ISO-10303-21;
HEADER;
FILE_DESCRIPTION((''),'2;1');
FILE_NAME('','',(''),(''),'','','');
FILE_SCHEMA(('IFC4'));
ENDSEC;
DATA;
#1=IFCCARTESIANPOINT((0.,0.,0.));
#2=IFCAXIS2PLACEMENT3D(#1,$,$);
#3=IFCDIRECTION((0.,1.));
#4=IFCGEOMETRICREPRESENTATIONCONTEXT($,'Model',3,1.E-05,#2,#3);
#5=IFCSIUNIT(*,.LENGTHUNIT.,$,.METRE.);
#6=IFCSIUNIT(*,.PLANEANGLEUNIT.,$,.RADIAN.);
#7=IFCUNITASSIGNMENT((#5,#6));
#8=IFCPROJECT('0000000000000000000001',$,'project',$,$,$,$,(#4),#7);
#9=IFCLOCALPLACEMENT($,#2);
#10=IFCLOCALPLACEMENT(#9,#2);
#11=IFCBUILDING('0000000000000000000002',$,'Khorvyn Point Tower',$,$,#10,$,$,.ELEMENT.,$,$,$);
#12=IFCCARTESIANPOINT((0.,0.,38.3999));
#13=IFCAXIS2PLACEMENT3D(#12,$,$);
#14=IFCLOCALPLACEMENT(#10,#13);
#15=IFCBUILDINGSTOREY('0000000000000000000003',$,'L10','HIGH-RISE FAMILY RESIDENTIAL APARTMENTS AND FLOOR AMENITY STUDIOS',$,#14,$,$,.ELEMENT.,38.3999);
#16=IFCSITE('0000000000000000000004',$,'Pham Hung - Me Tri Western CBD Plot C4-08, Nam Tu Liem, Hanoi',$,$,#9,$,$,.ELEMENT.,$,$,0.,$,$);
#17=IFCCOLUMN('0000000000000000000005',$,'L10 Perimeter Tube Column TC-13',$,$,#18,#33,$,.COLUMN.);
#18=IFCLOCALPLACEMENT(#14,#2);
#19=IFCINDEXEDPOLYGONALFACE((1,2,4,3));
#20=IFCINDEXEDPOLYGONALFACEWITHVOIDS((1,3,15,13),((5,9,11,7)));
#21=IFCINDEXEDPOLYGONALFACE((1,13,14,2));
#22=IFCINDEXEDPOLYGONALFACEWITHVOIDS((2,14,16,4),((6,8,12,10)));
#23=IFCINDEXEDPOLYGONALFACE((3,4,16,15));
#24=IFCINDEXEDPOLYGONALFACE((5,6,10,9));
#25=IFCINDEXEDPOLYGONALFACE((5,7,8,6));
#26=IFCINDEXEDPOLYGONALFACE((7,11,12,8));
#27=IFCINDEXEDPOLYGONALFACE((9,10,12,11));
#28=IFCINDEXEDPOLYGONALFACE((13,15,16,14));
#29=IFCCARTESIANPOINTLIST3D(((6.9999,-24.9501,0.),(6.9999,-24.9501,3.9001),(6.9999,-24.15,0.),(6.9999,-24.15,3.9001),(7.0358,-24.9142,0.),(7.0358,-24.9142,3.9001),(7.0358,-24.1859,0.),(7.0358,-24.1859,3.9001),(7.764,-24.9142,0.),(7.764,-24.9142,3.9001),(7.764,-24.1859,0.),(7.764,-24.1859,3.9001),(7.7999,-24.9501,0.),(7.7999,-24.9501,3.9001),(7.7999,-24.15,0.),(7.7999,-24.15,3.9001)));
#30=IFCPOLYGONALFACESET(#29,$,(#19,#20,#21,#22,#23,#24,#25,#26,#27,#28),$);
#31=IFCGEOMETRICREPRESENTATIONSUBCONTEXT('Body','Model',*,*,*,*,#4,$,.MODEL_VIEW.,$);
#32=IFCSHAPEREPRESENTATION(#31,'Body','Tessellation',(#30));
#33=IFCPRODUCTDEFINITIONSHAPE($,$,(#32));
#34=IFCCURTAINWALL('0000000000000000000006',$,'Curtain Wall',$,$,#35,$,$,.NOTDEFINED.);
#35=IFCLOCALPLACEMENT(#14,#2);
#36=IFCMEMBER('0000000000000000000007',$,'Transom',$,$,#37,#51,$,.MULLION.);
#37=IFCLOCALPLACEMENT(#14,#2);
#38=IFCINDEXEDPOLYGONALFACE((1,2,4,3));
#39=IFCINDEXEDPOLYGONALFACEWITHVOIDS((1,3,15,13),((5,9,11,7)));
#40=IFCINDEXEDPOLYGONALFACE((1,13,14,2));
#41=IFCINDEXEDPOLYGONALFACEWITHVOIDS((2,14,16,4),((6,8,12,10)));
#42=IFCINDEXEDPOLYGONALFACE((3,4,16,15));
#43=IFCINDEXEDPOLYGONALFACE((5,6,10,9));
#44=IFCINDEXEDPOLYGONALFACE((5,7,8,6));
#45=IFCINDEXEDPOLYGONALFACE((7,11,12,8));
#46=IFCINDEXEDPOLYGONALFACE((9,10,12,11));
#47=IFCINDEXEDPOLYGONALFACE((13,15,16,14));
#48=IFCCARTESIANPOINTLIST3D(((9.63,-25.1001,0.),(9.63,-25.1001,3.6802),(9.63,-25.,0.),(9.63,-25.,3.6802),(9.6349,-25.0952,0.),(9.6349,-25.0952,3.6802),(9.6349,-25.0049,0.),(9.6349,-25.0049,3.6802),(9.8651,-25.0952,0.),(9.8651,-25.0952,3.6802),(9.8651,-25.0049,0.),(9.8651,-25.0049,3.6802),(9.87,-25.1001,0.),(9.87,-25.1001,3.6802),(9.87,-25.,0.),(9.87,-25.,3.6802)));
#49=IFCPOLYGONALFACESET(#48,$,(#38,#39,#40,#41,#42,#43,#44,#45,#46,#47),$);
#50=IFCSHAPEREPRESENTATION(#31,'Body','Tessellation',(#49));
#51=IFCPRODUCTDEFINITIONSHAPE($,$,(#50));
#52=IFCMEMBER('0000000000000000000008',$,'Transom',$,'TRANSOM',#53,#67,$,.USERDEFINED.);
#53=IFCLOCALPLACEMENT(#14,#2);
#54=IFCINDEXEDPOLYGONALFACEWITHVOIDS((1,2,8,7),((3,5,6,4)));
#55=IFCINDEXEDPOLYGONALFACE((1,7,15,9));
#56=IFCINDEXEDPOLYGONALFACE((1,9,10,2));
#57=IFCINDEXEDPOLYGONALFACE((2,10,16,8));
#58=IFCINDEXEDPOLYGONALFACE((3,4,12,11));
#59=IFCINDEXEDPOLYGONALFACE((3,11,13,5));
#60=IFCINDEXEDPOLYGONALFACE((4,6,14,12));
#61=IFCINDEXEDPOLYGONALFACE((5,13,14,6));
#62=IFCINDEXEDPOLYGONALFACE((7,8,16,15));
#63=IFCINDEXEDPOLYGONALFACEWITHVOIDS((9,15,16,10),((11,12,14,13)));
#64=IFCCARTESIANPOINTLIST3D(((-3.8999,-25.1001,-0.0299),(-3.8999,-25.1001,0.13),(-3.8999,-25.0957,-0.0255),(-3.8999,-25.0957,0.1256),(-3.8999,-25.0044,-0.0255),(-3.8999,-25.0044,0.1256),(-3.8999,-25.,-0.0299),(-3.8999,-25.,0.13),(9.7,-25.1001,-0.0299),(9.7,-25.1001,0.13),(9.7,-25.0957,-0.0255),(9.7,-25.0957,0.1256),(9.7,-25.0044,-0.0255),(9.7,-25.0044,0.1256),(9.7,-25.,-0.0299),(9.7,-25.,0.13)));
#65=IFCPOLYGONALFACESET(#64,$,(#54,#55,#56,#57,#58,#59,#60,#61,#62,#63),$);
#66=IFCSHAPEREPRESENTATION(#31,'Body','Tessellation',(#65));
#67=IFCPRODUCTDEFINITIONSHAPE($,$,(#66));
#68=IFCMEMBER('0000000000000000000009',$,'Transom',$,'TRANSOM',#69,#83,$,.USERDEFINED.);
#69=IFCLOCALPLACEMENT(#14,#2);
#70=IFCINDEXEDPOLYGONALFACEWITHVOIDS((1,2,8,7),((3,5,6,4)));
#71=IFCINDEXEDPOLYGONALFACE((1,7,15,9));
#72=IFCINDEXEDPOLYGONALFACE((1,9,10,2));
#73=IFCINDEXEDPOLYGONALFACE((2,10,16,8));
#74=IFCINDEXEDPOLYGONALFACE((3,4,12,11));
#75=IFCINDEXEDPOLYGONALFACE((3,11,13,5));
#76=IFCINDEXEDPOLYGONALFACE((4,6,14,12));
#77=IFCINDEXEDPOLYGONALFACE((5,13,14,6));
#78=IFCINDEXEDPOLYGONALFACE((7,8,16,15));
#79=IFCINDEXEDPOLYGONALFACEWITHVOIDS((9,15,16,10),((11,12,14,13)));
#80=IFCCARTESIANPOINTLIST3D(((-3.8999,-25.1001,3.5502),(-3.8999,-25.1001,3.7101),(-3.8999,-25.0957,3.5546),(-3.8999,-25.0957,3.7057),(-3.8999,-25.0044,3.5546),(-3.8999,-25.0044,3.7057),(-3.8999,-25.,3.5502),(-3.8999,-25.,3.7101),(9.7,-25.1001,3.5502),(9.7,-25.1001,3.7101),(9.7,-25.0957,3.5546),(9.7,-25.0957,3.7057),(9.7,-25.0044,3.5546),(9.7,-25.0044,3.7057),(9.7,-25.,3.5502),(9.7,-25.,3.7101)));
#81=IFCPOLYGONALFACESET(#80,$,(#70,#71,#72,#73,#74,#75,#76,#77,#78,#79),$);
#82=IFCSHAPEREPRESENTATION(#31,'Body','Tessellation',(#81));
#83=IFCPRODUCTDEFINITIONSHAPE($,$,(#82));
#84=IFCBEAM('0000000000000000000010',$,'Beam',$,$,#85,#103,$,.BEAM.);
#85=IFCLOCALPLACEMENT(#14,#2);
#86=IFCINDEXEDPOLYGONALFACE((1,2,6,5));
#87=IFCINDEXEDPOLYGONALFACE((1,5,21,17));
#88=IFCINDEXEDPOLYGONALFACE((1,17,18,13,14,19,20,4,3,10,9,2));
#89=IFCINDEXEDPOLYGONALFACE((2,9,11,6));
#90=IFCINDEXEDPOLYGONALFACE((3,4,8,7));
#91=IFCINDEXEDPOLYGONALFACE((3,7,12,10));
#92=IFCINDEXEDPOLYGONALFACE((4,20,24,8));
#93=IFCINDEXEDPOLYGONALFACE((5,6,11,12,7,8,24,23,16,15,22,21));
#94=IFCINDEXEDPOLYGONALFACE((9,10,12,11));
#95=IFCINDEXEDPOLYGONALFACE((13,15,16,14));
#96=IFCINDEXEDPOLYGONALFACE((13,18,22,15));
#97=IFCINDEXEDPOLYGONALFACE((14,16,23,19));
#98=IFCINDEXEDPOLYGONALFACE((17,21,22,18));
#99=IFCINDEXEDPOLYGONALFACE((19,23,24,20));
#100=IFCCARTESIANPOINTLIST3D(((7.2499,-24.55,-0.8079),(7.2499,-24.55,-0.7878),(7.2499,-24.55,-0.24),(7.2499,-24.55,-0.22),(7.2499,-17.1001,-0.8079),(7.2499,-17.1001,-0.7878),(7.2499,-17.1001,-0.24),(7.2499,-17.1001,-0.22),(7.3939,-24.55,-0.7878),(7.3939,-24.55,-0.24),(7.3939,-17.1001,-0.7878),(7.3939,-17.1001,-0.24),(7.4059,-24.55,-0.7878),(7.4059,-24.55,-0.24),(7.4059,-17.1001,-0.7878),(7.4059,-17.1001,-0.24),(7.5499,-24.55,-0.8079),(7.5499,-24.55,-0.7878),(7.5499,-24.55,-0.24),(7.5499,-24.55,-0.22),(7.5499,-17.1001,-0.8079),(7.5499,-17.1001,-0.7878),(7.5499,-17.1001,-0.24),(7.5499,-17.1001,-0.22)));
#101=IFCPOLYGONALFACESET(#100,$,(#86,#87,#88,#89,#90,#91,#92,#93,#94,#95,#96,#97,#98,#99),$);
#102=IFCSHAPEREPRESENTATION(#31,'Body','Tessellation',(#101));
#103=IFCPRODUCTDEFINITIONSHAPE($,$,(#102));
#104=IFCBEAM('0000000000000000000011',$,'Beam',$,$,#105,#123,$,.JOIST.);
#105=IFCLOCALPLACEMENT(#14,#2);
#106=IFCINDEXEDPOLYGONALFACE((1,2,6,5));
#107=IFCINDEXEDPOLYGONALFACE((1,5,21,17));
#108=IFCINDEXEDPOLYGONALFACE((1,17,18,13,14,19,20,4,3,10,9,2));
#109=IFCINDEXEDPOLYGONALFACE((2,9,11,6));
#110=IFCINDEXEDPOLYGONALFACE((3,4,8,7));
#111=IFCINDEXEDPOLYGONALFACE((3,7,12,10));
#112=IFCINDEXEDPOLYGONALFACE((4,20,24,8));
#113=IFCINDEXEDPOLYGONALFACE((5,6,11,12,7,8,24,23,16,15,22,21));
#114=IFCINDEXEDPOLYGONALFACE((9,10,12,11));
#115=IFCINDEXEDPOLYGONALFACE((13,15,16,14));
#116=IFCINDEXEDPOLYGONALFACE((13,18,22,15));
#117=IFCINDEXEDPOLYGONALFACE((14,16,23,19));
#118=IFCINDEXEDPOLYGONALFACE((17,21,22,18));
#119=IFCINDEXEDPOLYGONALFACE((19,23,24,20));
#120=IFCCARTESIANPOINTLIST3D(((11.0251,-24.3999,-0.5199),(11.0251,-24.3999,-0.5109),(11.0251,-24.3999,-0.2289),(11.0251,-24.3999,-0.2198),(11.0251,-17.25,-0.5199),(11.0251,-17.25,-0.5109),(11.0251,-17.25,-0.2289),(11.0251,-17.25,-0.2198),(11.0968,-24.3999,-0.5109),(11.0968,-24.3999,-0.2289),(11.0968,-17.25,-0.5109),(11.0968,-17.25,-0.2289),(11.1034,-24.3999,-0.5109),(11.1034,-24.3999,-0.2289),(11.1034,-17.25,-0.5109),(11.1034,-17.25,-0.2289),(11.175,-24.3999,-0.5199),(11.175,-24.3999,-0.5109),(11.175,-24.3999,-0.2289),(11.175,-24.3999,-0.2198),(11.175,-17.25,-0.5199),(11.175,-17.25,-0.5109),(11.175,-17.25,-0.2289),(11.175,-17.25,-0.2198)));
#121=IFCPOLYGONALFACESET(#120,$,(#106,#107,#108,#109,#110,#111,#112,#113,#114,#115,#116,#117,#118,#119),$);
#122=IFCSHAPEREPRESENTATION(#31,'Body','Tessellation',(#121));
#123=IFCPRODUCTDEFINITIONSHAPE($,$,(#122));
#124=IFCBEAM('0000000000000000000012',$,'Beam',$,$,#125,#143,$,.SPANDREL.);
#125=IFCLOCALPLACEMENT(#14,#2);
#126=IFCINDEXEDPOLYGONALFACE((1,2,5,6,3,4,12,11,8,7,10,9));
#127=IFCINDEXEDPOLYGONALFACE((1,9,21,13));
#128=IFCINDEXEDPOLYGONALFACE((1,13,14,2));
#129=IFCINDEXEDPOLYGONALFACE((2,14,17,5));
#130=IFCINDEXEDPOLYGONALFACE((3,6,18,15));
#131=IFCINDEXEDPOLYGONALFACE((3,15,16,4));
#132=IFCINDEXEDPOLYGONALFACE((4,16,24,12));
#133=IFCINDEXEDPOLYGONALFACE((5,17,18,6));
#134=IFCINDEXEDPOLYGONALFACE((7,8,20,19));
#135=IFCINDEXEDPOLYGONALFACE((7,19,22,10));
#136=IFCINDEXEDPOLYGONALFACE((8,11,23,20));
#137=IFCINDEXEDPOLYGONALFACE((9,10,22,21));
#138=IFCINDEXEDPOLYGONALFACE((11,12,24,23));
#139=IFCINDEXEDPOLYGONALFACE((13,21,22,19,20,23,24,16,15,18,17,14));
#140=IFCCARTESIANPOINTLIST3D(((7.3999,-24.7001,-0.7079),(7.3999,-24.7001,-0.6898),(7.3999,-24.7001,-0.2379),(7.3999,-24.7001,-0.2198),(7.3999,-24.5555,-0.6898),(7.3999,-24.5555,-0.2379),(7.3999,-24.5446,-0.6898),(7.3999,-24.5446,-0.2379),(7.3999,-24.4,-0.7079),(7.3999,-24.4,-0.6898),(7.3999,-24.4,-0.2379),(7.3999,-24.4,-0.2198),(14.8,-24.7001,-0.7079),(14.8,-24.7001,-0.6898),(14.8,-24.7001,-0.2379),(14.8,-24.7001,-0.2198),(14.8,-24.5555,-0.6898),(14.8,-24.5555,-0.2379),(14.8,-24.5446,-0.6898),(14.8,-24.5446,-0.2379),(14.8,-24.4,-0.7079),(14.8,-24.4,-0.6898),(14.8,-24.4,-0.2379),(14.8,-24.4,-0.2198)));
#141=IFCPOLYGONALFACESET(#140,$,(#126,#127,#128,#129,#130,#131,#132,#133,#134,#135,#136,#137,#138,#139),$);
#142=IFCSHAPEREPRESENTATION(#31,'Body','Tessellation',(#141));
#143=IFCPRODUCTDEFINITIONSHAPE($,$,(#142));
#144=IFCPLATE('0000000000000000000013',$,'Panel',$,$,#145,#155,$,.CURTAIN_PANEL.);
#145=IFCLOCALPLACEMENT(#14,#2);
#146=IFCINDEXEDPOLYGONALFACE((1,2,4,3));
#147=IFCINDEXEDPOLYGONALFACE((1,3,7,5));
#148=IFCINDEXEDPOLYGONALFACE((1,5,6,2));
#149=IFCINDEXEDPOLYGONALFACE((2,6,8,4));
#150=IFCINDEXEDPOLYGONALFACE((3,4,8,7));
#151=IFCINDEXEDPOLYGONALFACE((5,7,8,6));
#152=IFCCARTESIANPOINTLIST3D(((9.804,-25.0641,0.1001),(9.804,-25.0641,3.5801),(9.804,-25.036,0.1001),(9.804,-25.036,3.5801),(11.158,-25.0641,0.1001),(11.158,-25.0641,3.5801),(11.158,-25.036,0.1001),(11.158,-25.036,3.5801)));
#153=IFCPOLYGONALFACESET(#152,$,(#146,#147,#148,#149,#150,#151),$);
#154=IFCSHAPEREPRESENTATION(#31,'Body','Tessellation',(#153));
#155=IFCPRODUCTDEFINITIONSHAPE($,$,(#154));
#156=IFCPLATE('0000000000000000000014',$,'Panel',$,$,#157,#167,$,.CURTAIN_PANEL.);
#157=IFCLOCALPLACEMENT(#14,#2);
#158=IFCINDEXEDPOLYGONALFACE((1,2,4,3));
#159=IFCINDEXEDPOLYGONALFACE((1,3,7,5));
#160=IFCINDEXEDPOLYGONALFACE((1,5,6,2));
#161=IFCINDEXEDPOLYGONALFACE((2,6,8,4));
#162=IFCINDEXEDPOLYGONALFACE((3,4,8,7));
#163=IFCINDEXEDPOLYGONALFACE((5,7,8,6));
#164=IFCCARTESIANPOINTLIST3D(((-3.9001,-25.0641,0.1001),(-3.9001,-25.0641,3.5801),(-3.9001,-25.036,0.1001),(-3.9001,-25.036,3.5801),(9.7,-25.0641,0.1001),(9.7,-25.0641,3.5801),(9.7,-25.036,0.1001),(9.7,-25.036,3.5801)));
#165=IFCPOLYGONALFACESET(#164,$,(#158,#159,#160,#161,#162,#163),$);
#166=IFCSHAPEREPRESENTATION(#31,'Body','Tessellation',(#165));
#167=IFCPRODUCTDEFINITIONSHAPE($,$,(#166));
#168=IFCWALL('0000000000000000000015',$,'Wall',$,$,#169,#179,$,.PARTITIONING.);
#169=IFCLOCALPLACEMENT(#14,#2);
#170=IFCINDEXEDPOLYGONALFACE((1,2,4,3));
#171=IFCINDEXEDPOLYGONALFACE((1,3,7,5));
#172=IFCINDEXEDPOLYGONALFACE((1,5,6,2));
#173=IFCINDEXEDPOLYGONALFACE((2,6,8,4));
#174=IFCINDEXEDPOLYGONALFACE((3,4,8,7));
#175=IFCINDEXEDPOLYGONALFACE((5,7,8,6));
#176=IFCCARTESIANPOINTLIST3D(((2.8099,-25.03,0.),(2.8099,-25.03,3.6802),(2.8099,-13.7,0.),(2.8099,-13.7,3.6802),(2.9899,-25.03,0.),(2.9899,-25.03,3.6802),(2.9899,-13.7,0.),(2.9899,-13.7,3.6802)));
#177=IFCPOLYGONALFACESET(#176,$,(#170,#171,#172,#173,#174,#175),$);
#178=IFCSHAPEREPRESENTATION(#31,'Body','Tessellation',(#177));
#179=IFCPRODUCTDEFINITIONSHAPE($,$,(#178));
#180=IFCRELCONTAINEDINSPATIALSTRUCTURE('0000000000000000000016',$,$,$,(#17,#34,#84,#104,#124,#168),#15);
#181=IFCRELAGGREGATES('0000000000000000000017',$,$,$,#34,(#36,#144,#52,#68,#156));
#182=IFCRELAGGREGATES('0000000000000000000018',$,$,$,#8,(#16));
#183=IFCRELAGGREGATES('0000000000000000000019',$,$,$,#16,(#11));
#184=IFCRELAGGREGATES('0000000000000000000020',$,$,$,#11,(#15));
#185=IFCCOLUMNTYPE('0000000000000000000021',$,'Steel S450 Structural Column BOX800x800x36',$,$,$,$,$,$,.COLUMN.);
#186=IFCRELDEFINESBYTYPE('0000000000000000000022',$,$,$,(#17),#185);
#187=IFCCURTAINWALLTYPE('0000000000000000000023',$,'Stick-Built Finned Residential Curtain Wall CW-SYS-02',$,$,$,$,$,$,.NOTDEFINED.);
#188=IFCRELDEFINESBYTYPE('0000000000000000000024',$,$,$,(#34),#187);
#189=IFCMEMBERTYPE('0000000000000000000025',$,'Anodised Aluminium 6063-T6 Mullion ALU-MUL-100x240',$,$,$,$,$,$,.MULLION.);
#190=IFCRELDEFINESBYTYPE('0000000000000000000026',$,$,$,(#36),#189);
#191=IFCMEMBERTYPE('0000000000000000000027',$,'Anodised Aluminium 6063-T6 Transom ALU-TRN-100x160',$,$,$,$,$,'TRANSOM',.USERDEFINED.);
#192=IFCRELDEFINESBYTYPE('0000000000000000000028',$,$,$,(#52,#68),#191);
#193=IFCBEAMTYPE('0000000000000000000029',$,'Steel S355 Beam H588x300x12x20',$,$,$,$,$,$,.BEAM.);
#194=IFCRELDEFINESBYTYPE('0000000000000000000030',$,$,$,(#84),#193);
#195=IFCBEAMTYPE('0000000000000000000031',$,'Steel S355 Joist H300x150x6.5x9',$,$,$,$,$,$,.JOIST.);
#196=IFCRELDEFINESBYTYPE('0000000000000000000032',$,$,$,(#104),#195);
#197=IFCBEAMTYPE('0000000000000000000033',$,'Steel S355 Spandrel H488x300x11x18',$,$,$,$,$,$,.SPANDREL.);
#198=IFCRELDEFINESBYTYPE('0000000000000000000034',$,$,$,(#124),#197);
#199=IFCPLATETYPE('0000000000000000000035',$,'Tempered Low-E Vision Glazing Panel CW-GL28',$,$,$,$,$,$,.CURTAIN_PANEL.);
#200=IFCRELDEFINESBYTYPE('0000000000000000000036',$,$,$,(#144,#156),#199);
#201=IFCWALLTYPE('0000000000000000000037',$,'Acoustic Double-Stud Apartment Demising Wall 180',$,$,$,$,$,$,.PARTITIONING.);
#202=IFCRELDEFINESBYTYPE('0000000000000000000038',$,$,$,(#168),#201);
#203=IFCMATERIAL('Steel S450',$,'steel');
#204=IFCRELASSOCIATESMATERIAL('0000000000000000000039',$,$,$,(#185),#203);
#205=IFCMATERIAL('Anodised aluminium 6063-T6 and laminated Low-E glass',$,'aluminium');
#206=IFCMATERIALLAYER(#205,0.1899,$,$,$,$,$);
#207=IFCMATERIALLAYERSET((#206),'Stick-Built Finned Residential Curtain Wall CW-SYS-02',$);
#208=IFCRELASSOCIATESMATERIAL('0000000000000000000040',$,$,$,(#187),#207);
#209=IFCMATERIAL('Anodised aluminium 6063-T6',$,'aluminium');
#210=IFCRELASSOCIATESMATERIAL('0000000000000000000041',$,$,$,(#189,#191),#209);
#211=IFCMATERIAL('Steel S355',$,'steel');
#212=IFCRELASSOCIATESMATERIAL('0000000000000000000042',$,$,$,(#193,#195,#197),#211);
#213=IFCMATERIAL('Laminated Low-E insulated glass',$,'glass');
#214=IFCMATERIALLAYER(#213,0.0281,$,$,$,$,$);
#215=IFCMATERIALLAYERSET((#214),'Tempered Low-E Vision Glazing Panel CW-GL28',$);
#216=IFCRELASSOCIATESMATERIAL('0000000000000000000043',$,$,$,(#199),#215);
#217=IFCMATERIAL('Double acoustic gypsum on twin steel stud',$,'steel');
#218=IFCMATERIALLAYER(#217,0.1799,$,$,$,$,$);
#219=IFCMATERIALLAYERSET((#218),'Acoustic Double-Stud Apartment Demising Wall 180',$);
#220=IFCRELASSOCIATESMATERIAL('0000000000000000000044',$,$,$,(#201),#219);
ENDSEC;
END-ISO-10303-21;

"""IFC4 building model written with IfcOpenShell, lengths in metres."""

from ifc_helpers import new_model, si_unit, direction, frame, frame_2d, origin, origin_2d, place, context, subcontext, project, spatial, rectangle, hollow_rectangle, i_section, extrude, material, layer, layer_set, material_profile, profile_set, type_object, element, aggregate, save


model = new_model("IFC4")

# Units and contexts
model_context = context("Model", 3, precision=1e-05, world=origin(), true_north=direction((0.0, 1.0)))
body_context = subcontext(model_context, "Body", "Model", "MODEL_VIEW")
ifc_project = project(units=[si_unit("LENGTHUNIT", "METRE"), si_unit("PLANEANGLEUNIT", "RADIAN")], contexts=[model_context])

# Site, building, storey
site_placement = place(None, origin())
site = spatial("IfcSite", under=ifc_project, at=site_placement, Name="Pham Hung - Me Tri Western CBD Plot C4-08, Nam Tu Liem, Hanoi", CompositionType="ELEMENT", RefElevation=0.0)
building_placement = place(site_placement, origin())
building = spatial("IfcBuilding", under=site, at=building_placement, Name="Khorvyn Point Tower", CompositionType="ELEMENT")
storey_placement = place(building_placement, frame((0.0, 0.0, 38.3999)))
storey = spatial("IfcBuildingStorey", under=building, at=storey_placement, Name="L10", Description="HIGH-RISE FAMILY RESIDENTIAL APARTMENTS AND FLOOR AMENITY STUDIOS", CompositionType="ELEMENT", Elevation=38.3999)

# Column
ifc_material_1 = material(Name="Steel S450", Category="steel")
ifc_material_profile_1 = material_profile(ifc_material_1, hollow_rectangle(XDim=0.8, YDim=0.8, WallThickness=0.0359, at=origin_2d()))
ifc_profile_set_1 = profile_set([ifc_material_profile_1], Name="Steel S450 BOX800x800x36")
column_type = type_object("IfcColumnType", Name="Steel S450 Structural Column BOX800x800x36", PredefinedType="COLUMN", material=ifc_profile_set_1)
column_placement = place(storey_placement, frame((7.3999, -24.55, 0.0), z_axis=(0.0, 0.0, 1.0), x_axis=(1.0, 0.0, 0.0)))
element("IfcColumn", 1, at=column_placement, inside=storey, type_object=column_type, Name="L10 Perimeter Tube Column TC-13", PredefinedType="COLUMN", context=body_context, shape_type="SweptSolid", body=[
    extrude(hollow_rectangle(XDim=0.8, YDim=0.8, WallThickness=0.0359, at=origin_2d()), origin(), (0.0, 0.0, 1.0), 3.9001),
])

# Curtain wall, members
ifc_material_2 = material(Name="Anodised aluminium 6063-T6 and laminated Low-E glass", Category="aluminium")
ifc_layer_1 = layer(ifc_material_2, 0.1899)
ifc_layer_set_1 = layer_set([ifc_layer_1], Name="Stick-Built Finned Residential Curtain Wall CW-SYS-02")
curtain_wall_type = type_object("IfcCurtainWallType", Name="Stick-Built Finned Residential Curtain Wall CW-SYS-02", PredefinedType="NOTDEFINED", material=ifc_layer_set_1)
curtain_wall_placement = place(storey_placement, origin())
curtain_wall = element("IfcCurtainWall", 2, at=curtain_wall_placement, inside=storey, type_object=curtain_wall_type, Name="Curtain Wall", PredefinedType="NOTDEFINED")
ifc_material_3 = material(Name="Anodised aluminium 6063-T6", Category="aluminium")
ifc_material_profile_2 = material_profile(ifc_material_3, hollow_rectangle(XDim=0.1001, YDim=0.24, WallThickness=0.0049, at=origin_2d()))
ifc_profile_set_2 = profile_set([ifc_material_profile_2], Name="Anodised aluminium 6063-T6 ALU-MUL-100x240")
member_type_1 = type_object("IfcMemberType", Name="Anodised Aluminium 6063-T6 Mullion ALU-MUL-100x240", PredefinedType="MULLION", material=ifc_profile_set_2)
member_1_placement = place(storey_placement, frame((9.75, -25.05, 0.0), z_axis=(0.0, 0.0, 1.0), x_axis=(0.0, -1.0, 0.0)))
member_1 = element("IfcMember", 3, at=member_1_placement, type_object=member_type_1, Name="Transom", PredefinedType="MULLION", context=body_context, shape_type="SweptSolid", body=[
    extrude(hollow_rectangle(XDim=0.1001, YDim=0.24, WallThickness=0.0049, at=origin_2d()), origin(), (0.0, 0.0, 1.0), 3.6802),
])
ifc_material_profile_3 = material_profile(ifc_material_3, hollow_rectangle(XDim=0.1001, YDim=0.1599, WallThickness=0.0044, at=origin_2d()))
ifc_profile_set_3 = profile_set([ifc_material_profile_3], Name="Anodised aluminium 6063-T6 ALU-TRN-100x160")
member_type_2 = type_object("IfcMemberType", Name="Anodised Aluminium 6063-T6 Transom ALU-TRN-100x160", ElementType="TRANSOM", PredefinedType="USERDEFINED", material=ifc_profile_set_3)
member_2_placement = place(storey_placement, frame((9.7, -25.05, 0.05), z_axis=(-1.0, 0.0, 0.0), x_axis=(0.0, -1.0, 0.0)))
member_2 = element("IfcMember", 4, at=member_2_placement, type_object=member_type_2, Name="Transom", ObjectType="TRANSOM", PredefinedType="USERDEFINED", context=body_context, shape_type="SweptSolid", body=[
    extrude(hollow_rectangle(XDim=0.1001, YDim=0.1599, WallThickness=0.0044, at=origin_2d()), origin(), (0.0, 0.0, 1.0), 13.5999),
])
member_3_placement = place(storey_placement, frame((9.7, -25.05, 3.6301), z_axis=(-1.0, 0.0, 0.0), x_axis=(0.0, -1.0, 0.0)))
member_3 = element("IfcMember", 5, at=member_3_placement, type_object=member_type_2, Name="Transom", ObjectType="TRANSOM", PredefinedType="USERDEFINED", context=body_context, shape_type="SweptSolid", body=[
    extrude(hollow_rectangle(XDim=0.1001, YDim=0.1599, WallThickness=0.0044, at=origin_2d()), origin(), (0.0, 0.0, 1.0), 13.5999),
])

# Beams
ifc_material_4 = material(Name="Steel S355", Category="steel")
ifc_material_profile_4 = material_profile(ifc_material_4, i_section(OverallWidth=0.3, OverallDepth=0.5879, WebThickness=0.012, FlangeThickness=0.02, at=origin_2d()))
ifc_profile_set_4 = profile_set([ifc_material_profile_4], Name="Steel S355 H588x300x12x20")
beam_type_1 = type_object("IfcBeamType", Name="Steel S355 Beam H588x300x12x20", PredefinedType="BEAM", material=ifc_profile_set_4)
beam_1_placement = place(storey_placement, frame((7.3999, -24.55, -0.5139), z_axis=(0.0, 1.0, 0.0), x_axis=(-1.0, 0.0, 0.0)))
element("IfcBeam", 6, at=beam_1_placement, inside=storey, type_object=beam_type_1, Name="Beam", PredefinedType="BEAM", context=body_context, shape_type="SweptSolid", body=[
    extrude(i_section(OverallWidth=0.3, OverallDepth=0.5879, WebThickness=0.012, FlangeThickness=0.02, at=origin_2d()), origin(), (0.0, 0.0, 1.0), 7.45),
])
ifc_material_profile_5 = material_profile(ifc_material_4, i_section(OverallWidth=0.1499, OverallDepth=0.3, WebThickness=0.0066, FlangeThickness=0.009, at=origin_2d()))
ifc_profile_set_5 = profile_set([ifc_material_profile_5], Name="Steel S355 H300x150x6.5x9")
beam_type_2 = type_object("IfcBeamType", Name="Steel S355 Joist H300x150x6.5x9", PredefinedType="JOIST", material=ifc_profile_set_5)
beam_2_placement = place(storey_placement, frame((11.1001, -24.3999, -0.3699), z_axis=(0.0, 1.0, 0.0), x_axis=(-1.0, 0.0, 0.0)))
element("IfcBeam", 7, at=beam_2_placement, inside=storey, type_object=beam_type_2, Name="Beam", PredefinedType="JOIST", context=body_context, shape_type="SweptSolid", body=[
    extrude(i_section(OverallWidth=0.1499, OverallDepth=0.3, WebThickness=0.0066, FlangeThickness=0.009, at=origin_2d()), origin(), (0.0, 0.0, 1.0), 7.1499),
])
ifc_material_profile_6 = material_profile(ifc_material_4, i_section(OverallWidth=0.3, OverallDepth=0.488, WebThickness=0.011, FlangeThickness=0.0181, at=origin_2d()))
ifc_profile_set_6 = profile_set([ifc_material_profile_6], Name="Steel S355 H488x300x11x18")
beam_type_3 = type_object("IfcBeamType", Name="Steel S355 Spandrel H488x300x11x18", PredefinedType="SPANDREL", material=ifc_profile_set_6)
beam_3_placement = place(storey_placement, frame((7.3999, -24.55, -0.4639), z_axis=(1.0, 0.0, 0.0), x_axis=(0.0, 1.0, 0.0)))
element("IfcBeam", 8, at=beam_3_placement, inside=storey, type_object=beam_type_3, Name="Beam", PredefinedType="SPANDREL", context=body_context, shape_type="SweptSolid", body=[
    extrude(i_section(OverallWidth=0.3, OverallDepth=0.488, WebThickness=0.011, FlangeThickness=0.0181, at=origin_2d()), origin(), (0.0, 0.0, 1.0), 7.4001),
])

# Plates
ifc_material_5 = material(Name="Laminated Low-E insulated glass", Category="glass")
ifc_layer_2 = layer(ifc_material_5, 0.0281)
ifc_layer_set_2 = layer_set([ifc_layer_2], Name="Tempered Low-E Vision Glazing Panel CW-GL28")
plate_type = type_object("IfcPlateType", Name="Tempered Low-E Vision Glazing Panel CW-GL28", PredefinedType="CURTAIN_PANEL", material=ifc_layer_set_2)
plate_1_placement = place(storey_placement, frame((10.481, -25.05, 0.1001), z_axis=(0.0, 0.0, 1.0), x_axis=(-1.0, 0.0, 0.0)))
plate_1 = element("IfcPlate", 9, at=plate_1_placement, type_object=plate_type, Name="Panel", PredefinedType="CURTAIN_PANEL", context=body_context, shape_type="SweptSolid", body=[
    extrude(rectangle(XDim=1.354, YDim=0.0281, at=origin_2d()), origin(), (0.0, 0.0, 1.0), 3.48),
])
plate_2_placement = place(storey_placement, frame((2.8999, -25.05, 0.1001), z_axis=(0.0, 0.0, 1.0), x_axis=(-1.0, 0.0, 0.0)))
plate_2 = element("IfcPlate", 10, at=plate_2_placement, type_object=plate_type, Name="Panel", PredefinedType="CURTAIN_PANEL", context=body_context, shape_type="SweptSolid", body=[
    extrude(rectangle(XDim=13.6001, YDim=0.0281, at=origin_2d()), origin(), (0.0, 0.0, 1.0), 3.48),
])
aggregate(curtain_wall, [member_1, plate_1, member_2, member_3, plate_2])

# Wall
ifc_material_6 = material(Name="Double acoustic gypsum on twin steel stud", Category="steel")
ifc_layer_3 = layer(ifc_material_6, 0.1799)
ifc_layer_set_3 = layer_set([ifc_layer_3], Name="Acoustic Double-Stud Apartment Demising Wall 180")
wall_type_1 = type_object("IfcWallType", Name="Acoustic Double-Stud Apartment Demising Wall 180", PredefinedType="PARTITIONING", material=ifc_layer_set_3)
wall_1_placement = place(storey_placement, frame((2.8999, -25.03, 0.0), z_axis=(0.0, 0.0, 1.0), x_axis=(0.0, 1.0, 0.0)))
element("IfcWall", 11, at=wall_1_placement, inside=storey, type_object=wall_type_1, Name="Wall", PredefinedType="PARTITIONING", context=body_context, shape_type="SweptSolid", body=[
    extrude(rectangle(XDim=11.3301, YDim=0.1799, at=frame_2d((5.665, 0.0))), origin(), (0.0, 0.0, 1.0), 3.6802),
])

save(model, "model.ifc")
